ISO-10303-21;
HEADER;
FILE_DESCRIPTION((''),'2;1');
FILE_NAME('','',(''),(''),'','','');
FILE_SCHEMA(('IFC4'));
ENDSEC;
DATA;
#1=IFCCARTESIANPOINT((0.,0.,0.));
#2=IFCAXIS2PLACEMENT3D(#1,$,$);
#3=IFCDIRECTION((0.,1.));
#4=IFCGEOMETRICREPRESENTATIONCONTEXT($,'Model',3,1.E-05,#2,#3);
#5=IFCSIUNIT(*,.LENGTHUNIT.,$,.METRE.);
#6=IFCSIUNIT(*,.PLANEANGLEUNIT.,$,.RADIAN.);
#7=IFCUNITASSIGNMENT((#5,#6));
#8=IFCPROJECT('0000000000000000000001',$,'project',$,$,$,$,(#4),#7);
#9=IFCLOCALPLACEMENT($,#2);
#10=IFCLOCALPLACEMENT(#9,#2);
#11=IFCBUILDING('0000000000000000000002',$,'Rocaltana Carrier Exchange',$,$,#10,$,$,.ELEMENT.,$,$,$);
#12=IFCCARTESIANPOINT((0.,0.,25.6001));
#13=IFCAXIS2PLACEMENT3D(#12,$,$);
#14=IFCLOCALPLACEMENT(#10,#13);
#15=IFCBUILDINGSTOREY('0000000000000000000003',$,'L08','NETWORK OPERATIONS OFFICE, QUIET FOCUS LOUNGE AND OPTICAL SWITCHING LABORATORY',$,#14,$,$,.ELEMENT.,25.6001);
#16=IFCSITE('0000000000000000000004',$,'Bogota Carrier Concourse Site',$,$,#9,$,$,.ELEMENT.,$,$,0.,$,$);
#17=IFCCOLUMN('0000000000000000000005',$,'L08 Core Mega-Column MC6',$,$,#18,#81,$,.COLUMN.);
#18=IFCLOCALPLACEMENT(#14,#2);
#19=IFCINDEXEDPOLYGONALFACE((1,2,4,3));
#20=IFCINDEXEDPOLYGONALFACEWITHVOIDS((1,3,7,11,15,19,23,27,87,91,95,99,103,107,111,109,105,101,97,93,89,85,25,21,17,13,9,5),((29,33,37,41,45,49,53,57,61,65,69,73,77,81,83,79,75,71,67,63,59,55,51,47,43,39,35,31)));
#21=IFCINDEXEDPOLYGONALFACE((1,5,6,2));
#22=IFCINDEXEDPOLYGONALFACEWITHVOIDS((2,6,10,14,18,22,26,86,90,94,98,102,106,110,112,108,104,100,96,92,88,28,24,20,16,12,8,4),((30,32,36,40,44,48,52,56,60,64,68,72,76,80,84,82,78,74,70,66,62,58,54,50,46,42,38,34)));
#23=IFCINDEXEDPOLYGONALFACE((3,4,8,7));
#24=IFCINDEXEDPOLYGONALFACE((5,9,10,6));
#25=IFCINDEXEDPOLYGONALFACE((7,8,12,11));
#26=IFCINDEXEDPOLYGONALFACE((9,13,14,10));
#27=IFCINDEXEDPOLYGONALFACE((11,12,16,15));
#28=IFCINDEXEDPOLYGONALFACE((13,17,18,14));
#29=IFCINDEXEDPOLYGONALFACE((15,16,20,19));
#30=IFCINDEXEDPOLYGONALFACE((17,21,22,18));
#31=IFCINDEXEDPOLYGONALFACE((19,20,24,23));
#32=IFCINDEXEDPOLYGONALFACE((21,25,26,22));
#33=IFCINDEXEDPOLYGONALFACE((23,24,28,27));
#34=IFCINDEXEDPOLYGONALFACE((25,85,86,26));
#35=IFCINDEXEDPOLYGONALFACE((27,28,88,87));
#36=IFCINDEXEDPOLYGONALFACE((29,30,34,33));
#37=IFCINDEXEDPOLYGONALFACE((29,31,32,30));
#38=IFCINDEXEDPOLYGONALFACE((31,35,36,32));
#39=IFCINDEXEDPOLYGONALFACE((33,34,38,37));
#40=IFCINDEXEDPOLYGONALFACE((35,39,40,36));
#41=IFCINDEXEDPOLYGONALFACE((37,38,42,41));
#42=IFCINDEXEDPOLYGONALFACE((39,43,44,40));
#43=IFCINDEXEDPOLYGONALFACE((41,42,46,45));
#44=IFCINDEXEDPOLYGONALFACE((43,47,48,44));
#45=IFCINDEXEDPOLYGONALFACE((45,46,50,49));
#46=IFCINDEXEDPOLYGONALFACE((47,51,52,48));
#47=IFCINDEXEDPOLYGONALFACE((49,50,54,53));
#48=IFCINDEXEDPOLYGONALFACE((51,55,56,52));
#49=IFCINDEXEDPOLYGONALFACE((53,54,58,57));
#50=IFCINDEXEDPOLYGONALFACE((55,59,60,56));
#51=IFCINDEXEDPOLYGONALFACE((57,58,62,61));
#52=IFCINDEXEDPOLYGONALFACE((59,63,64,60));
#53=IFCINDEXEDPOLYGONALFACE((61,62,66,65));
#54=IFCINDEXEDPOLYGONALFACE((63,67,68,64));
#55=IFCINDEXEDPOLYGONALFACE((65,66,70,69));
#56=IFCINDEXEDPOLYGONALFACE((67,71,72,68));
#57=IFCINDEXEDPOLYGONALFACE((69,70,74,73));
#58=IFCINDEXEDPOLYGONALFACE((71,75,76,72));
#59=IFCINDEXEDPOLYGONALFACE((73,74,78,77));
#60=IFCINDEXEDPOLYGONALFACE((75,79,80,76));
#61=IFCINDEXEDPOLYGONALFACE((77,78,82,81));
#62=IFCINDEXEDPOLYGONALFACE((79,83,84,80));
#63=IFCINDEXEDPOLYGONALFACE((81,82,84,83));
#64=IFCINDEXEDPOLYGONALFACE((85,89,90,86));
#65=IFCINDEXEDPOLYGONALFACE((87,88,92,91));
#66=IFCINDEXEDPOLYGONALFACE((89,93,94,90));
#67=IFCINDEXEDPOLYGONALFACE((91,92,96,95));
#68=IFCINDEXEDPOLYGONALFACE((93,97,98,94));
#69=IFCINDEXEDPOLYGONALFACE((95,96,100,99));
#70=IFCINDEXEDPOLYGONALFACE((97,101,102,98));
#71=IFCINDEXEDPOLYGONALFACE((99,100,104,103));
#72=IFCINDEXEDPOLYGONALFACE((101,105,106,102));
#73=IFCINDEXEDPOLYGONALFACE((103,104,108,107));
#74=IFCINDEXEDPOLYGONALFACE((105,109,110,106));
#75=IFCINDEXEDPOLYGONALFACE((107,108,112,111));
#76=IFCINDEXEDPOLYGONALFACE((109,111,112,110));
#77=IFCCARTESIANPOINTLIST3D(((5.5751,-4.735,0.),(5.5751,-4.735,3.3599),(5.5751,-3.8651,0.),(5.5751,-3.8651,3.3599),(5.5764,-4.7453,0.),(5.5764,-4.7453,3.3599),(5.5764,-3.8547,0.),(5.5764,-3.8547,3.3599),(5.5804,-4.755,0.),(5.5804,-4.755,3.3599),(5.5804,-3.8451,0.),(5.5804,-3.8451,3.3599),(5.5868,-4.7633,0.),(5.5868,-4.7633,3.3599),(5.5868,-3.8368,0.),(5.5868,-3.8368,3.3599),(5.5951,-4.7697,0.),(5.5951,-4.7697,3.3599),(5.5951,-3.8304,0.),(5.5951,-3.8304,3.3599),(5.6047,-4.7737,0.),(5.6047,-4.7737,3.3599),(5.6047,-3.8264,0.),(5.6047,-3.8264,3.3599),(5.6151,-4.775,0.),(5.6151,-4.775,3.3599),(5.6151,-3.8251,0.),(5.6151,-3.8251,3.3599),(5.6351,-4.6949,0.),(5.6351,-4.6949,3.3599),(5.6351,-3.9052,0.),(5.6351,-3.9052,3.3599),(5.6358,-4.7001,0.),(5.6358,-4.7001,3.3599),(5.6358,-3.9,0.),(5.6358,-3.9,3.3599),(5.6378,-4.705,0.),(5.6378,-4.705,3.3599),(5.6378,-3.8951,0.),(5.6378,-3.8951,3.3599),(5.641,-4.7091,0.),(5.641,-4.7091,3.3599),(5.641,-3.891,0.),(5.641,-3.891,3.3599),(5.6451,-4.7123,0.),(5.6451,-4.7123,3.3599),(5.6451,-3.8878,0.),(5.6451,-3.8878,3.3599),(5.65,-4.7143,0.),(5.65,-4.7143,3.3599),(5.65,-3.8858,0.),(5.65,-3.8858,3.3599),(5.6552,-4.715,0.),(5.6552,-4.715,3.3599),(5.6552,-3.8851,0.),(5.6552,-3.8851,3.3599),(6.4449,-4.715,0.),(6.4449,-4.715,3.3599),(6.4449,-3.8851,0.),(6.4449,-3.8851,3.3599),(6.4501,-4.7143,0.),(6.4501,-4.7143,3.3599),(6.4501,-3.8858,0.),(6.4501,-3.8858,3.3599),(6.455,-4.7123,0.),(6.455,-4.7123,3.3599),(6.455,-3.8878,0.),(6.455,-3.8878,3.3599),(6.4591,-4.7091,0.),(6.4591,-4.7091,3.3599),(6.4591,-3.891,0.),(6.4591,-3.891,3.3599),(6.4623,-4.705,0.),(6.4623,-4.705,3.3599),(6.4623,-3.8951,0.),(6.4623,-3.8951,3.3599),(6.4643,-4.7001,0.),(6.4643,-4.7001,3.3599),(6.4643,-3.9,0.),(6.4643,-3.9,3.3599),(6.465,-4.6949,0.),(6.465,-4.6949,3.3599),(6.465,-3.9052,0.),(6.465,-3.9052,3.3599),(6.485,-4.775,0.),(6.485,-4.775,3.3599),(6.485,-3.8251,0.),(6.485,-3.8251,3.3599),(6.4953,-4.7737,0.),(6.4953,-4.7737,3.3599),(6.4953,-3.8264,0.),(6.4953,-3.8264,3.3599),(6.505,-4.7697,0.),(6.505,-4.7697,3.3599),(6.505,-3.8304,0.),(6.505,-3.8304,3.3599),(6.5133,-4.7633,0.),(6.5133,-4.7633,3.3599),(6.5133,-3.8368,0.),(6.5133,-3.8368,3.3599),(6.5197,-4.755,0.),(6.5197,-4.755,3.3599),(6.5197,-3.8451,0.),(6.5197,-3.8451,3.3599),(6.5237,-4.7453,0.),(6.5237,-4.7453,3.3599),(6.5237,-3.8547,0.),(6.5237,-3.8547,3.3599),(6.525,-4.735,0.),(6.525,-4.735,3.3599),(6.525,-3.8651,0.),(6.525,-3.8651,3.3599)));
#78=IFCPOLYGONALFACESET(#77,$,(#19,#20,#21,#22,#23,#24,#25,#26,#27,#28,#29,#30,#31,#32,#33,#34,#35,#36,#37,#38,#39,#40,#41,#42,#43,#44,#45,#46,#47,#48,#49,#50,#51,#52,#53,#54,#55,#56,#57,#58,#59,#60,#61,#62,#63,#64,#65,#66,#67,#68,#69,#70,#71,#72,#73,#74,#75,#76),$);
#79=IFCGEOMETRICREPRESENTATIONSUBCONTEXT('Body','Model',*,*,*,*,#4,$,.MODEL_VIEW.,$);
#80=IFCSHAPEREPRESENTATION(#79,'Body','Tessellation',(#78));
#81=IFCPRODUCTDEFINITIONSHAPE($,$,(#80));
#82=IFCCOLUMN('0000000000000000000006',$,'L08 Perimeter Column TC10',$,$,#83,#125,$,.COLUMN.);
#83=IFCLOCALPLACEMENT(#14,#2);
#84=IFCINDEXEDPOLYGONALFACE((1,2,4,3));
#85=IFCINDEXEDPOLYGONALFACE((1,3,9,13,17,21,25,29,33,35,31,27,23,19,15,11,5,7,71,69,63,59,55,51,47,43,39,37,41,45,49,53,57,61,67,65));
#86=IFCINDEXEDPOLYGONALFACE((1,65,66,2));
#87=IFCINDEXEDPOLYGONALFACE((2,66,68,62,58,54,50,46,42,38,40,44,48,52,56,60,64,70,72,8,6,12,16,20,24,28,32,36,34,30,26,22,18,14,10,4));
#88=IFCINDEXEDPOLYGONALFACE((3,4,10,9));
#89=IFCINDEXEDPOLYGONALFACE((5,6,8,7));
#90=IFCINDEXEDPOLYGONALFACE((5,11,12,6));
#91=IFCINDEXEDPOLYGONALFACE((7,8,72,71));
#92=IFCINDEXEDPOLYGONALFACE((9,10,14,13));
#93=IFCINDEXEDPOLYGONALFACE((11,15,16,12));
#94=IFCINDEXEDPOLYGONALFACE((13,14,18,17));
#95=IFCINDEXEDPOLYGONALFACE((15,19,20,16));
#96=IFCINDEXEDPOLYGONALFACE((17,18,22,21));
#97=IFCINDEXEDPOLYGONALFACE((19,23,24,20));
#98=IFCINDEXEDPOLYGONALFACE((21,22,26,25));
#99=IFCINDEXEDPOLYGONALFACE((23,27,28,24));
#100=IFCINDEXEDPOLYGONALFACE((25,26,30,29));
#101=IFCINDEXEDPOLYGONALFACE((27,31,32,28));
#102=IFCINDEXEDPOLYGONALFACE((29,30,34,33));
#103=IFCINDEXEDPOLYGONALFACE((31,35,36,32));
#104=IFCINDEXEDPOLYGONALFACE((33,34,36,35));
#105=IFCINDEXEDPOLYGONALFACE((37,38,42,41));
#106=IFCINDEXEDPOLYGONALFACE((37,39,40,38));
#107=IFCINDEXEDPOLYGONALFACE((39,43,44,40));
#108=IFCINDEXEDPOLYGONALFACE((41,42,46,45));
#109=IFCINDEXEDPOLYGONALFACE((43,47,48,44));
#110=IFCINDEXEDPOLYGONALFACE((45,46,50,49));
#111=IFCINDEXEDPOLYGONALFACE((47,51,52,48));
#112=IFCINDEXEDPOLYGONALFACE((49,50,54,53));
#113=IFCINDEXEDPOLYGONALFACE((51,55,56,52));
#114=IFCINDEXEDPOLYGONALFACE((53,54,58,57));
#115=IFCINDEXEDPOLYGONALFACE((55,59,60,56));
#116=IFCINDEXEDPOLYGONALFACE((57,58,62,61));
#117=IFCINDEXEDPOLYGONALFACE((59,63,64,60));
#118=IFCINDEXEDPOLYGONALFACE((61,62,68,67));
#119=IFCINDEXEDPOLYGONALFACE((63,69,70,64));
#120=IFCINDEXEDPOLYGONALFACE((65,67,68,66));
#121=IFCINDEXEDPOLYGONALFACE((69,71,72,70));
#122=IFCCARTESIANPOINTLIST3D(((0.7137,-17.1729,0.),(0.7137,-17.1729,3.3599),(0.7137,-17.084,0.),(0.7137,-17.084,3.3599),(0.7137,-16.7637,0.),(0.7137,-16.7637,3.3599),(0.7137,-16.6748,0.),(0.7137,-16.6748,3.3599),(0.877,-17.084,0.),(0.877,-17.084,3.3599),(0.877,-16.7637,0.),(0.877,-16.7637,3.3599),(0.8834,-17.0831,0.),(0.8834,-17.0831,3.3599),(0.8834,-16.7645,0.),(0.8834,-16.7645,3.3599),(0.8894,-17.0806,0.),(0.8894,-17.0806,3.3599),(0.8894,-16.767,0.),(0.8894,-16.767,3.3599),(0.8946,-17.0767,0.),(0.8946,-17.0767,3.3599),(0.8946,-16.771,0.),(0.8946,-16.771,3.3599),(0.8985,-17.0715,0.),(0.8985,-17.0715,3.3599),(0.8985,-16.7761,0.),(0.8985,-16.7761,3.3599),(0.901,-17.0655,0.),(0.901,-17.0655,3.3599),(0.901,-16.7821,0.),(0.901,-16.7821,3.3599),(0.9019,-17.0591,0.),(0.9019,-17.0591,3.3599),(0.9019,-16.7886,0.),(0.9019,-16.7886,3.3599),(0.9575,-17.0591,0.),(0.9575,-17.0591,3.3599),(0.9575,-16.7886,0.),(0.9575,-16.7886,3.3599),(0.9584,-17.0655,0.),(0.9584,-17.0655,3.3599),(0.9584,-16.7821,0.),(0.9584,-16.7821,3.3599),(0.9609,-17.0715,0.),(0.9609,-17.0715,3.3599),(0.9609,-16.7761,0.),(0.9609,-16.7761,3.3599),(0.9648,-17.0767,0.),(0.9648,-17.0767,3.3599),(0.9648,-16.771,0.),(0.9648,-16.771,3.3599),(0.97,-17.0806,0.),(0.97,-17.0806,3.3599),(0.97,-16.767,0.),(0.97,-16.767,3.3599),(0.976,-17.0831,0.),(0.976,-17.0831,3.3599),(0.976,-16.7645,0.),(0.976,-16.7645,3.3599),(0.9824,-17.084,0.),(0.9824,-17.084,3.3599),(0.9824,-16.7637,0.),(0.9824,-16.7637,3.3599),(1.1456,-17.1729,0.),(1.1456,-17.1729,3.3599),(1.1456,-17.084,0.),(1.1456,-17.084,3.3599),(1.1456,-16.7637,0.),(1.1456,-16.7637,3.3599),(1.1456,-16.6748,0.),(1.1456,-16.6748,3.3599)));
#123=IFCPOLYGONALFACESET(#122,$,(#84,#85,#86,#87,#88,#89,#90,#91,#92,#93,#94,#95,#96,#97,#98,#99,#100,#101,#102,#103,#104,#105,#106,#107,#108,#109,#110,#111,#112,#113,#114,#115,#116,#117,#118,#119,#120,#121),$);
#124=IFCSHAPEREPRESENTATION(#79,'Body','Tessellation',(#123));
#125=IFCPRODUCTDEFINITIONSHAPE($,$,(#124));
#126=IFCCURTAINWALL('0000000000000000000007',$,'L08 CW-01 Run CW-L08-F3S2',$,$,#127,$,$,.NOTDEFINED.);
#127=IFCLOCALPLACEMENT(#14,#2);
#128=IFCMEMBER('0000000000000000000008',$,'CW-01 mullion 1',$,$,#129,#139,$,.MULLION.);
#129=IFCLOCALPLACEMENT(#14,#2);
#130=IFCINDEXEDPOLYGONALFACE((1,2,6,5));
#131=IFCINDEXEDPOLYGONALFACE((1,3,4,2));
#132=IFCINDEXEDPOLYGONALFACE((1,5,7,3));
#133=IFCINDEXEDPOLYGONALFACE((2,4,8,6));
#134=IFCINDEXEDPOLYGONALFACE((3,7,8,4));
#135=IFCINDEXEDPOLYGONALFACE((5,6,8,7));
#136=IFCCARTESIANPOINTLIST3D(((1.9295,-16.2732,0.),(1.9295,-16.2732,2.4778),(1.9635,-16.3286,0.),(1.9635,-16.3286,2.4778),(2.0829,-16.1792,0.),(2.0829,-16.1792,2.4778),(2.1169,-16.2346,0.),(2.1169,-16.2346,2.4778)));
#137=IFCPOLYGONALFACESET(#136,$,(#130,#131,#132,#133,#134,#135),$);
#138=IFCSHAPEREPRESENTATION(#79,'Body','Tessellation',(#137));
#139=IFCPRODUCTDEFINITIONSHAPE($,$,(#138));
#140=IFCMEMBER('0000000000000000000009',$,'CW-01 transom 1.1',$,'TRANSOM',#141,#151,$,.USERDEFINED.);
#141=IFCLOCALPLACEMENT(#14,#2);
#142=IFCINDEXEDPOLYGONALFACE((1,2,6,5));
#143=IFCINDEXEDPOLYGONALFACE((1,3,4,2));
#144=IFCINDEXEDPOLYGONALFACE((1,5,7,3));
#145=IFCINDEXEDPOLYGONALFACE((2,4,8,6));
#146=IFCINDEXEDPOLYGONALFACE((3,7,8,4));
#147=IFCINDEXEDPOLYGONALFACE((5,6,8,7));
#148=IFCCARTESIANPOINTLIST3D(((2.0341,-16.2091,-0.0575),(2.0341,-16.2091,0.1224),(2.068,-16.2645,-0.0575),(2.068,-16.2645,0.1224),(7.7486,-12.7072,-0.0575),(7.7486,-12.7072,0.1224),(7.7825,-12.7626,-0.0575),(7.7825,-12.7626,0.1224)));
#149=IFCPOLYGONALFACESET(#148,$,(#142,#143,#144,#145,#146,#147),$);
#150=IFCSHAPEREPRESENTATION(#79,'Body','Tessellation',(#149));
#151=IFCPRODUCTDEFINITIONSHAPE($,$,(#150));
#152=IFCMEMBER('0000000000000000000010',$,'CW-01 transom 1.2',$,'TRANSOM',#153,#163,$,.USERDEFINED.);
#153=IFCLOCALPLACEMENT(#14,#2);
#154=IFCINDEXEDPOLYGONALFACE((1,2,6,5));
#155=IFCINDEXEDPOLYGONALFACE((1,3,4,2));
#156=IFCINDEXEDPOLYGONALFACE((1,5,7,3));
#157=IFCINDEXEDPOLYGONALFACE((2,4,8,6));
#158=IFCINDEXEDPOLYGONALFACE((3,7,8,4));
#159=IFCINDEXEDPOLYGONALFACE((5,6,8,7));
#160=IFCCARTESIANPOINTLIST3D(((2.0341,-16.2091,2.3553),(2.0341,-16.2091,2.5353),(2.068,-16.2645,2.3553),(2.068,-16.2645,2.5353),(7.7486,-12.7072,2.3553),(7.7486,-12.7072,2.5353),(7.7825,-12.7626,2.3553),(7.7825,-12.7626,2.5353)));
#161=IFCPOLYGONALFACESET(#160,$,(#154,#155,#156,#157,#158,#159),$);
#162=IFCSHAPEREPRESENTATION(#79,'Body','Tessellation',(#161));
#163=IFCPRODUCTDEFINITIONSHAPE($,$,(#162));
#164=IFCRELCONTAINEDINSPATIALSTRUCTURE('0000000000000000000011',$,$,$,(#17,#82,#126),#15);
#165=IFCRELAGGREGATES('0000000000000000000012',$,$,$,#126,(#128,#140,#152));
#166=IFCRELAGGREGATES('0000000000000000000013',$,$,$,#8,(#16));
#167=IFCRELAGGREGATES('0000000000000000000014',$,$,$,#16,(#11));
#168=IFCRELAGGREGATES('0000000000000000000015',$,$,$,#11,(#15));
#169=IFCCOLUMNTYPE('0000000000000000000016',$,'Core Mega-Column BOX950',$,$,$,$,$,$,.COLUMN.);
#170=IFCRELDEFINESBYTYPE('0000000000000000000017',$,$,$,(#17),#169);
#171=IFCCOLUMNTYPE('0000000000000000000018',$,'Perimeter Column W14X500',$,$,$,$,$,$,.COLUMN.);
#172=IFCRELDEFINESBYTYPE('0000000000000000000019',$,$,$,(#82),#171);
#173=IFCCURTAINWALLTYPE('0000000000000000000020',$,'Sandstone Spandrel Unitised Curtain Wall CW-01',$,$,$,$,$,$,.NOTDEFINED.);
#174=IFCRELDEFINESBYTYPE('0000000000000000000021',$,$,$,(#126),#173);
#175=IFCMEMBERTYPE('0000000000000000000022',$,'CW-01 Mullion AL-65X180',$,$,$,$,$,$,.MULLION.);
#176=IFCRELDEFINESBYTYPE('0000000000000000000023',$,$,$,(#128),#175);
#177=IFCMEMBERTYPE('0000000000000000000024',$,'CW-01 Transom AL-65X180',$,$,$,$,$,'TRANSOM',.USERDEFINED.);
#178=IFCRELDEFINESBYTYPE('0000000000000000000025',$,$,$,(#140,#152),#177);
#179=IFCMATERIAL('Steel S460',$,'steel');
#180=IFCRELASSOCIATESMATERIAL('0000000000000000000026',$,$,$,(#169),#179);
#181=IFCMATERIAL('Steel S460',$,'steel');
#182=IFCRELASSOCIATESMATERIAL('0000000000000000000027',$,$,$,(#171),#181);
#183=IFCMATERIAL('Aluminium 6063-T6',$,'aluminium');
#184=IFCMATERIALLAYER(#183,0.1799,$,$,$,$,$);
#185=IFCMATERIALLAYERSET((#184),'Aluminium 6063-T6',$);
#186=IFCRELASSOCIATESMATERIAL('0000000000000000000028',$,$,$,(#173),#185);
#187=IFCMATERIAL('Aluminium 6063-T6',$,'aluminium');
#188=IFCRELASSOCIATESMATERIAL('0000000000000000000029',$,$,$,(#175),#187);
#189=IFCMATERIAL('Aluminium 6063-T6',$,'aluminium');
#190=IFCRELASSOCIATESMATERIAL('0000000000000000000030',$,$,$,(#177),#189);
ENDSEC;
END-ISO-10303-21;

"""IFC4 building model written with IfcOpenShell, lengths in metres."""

from ifc_helpers import new_model, si_unit, direction, frame, origin, origin_2d, place, context, subcontext, project, spatial, rectangle, hollow_rectangle, i_section, extrude, material, layer, layer_set, material_profile, profile_set, type_object, element, aggregate, save


model = new_model("IFC4")

# Units and contexts
model_context = context("Model", 3, precision=1e-05, world=origin(), true_north=direction((0.0, 1.0)))
body_context = subcontext(model_context, "Body", "Model", "MODEL_VIEW")
ifc_project = project(units=[si_unit("LENGTHUNIT", "METRE"), si_unit("PLANEANGLEUNIT", "RADIAN")], contexts=[model_context])

# Site, building, storey
site_placement = place(None, origin())
site = spatial("IfcSite", under=ifc_project, at=site_placement, Name="Bogota Carrier Concourse Site", CompositionType="ELEMENT", RefElevation=0.0)
building_placement = place(site_placement, origin())
building = spatial("IfcBuilding", under=site, at=building_placement, Name="Rocaltana Carrier Exchange", CompositionType="ELEMENT")
storey_placement = place(building_placement, frame((0.0, 0.0, 25.6001)))
storey = spatial("IfcBuildingStorey", under=building, at=storey_placement, Name="L08", Description="NETWORK OPERATIONS OFFICE, QUIET FOCUS LOUNGE AND OPTICAL SWITCHING LABORATORY", CompositionType="ELEMENT", Elevation=25.6001)

# Columns
ifc_material_1 = material(Name="Steel S460", Category="steel")
ifc_material_profile_1 = material_profile(ifc_material_1, hollow_rectangle(XDim=0.95, YDim=0.95, WallThickness=0.0601, InnerFilletRadius=0.02, OuterFilletRadius=0.04, at=origin_2d()), Name="BOX950X950X60")
ifc_profile_set_1 = profile_set([ifc_material_profile_1], Name="Steel S460")
column_type_1 = type_object("IfcColumnType", Name="Core Mega-Column BOX950", PredefinedType="COLUMN", material=ifc_profile_set_1)
column_1_placement = place(storey_placement, frame((6.05, -4.3, 0.0), z_axis=(0.0, 0.0, 1.0), x_axis=(1.0, 0.0, 0.0)))
element("IfcColumn", 1, at=column_1_placement, inside=storey, type_object=column_type_1, Name="L08 Core Mega-Column MC6", PredefinedType="COLUMN", context=body_context, shape_type="SweptSolid", body=[
    extrude(hollow_rectangle(XDim=0.95, YDim=0.95, WallThickness=0.0601, InnerFilletRadius=0.02, OuterFilletRadius=0.04, at=origin_2d()), origin(), (0.0, 0.0, 1.0), 3.3599),
])
ifc_material_2 = material(Name="Steel S460", Category="steel")
ifc_material_profile_2 = material_profile(ifc_material_2, i_section(OverallWidth=0.4319, OverallDepth=0.498, WebThickness=0.0557, FlangeThickness=0.0889, FilletRadius=0.0249, at=origin_2d()), Name="W14X500")
ifc_profile_set_2 = profile_set([ifc_material_profile_2], Name="Steel S460")
column_type_2 = type_object("IfcColumnType", Name="Perimeter Column W14X500", PredefinedType="COLUMN", material=ifc_profile_set_2)
column_2_placement = place(storey_placement, frame((0.9297, -16.9238, 0.0), z_axis=(0.0, 0.0, 1.0), x_axis=(1.0, 0.0, 0.0)))
element("IfcColumn", 2, at=column_2_placement, inside=storey, type_object=column_type_2, Name="L08 Perimeter Column TC10", PredefinedType="COLUMN", context=body_context, shape_type="SweptSolid", body=[
    extrude(i_section(OverallWidth=0.4319, OverallDepth=0.498, WebThickness=0.0557, FlangeThickness=0.0889, FilletRadius=0.0249, at=origin_2d()), origin(), (0.0, 0.0, 1.0), 3.3599),
])

# Curtain wall, members
ifc_material_3 = material(Name="Aluminium 6063-T6", Category="aluminium")
ifc_layer_1 = layer(ifc_material_3, 0.1799)
ifc_layer_set_1 = layer_set([ifc_layer_1], Name="Aluminium 6063-T6")
curtain_wall_type = type_object("IfcCurtainWallType", Name="Sandstone Spandrel Unitised Curtain Wall CW-01", PredefinedType="NOTDEFINED", material=ifc_layer_set_1)
curtain_wall_placement = place(storey_placement, origin())
curtain_wall = element("IfcCurtainWall", 3, at=curtain_wall_placement, inside=storey, type_object=curtain_wall_type, Name="L08 CW-01 Run CW-L08-F3S2", PredefinedType="NOTDEFINED")
ifc_material_4 = material(Name="Aluminium 6063-T6", Category="aluminium")
ifc_material_profile_3 = material_profile(ifc_material_4, rectangle(XDim=0.0649, YDim=0.1799, at=origin_2d()), Name="AL-65X180")
ifc_profile_set_3 = profile_set([ifc_material_profile_3], Name="Aluminium 6063-T6")
member_type_1 = type_object("IfcMemberType", Name="CW-01 Mullion AL-65X180", PredefinedType="MULLION", material=ifc_profile_set_3)
member_1_placement = place(storey_placement, frame((2.0232, -16.2539, 0.0), z_axis=(0.0, 0.0, 1.0), x_axis=(-0.5225, 0.852639, 0.0)))
member_1 = element("IfcMember", 4, at=member_1_placement, type_object=member_type_1, Name="CW-01 mullion 1", PredefinedType="MULLION", context=body_context, shape_type="SweptSolid", body=[
    extrude(rectangle(XDim=0.0649, YDim=0.1799, at=origin_2d()), origin(), (0.0, 0.0, 1.0), 2.4778),
])
ifc_material_5 = material(Name="Aluminium 6063-T6", Category="aluminium")
ifc_material_profile_4 = material_profile(ifc_material_5, rectangle(XDim=0.0649, YDim=0.1799, at=origin_2d()), Name="AL-65X180")
ifc_profile_set_4 = profile_set([ifc_material_profile_4], Name="Aluminium 6063-T6")
member_type_2 = type_object("IfcMemberType", Name="CW-01 Transom AL-65X180", ElementType="TRANSOM", PredefinedType="USERDEFINED", material=ifc_profile_set_4)
member_2_placement = place(storey_placement, frame((2.051, -16.2368, 0.0325), z_axis=(0.852637, 0.522503, 0.0), x_axis=(-0.522503, 0.852637, 0.0)))
member_2 = element("IfcMember", 5, at=member_2_placement, type_object=member_type_2, Name="CW-01 transom 1.1", ObjectType="TRANSOM", PredefinedType="USERDEFINED", context=body_context, shape_type="SweptSolid", body=[
    extrude(rectangle(XDim=0.0649, YDim=0.1799, at=origin_2d()), origin(), (0.0, 0.0, 1.0), 6.7021),
])
member_3_placement = place(storey_placement, frame((2.051, -16.2368, 2.4453), z_axis=(0.852637, 0.522503, 0.0), x_axis=(-0.522503, 0.852637, 0.0)))
member_3 = element("IfcMember", 6, at=member_3_placement, type_object=member_type_2, Name="CW-01 transom 1.2", ObjectType="TRANSOM", PredefinedType="USERDEFINED", context=body_context, shape_type="SweptSolid", body=[
    extrude(rectangle(XDim=0.0649, YDim=0.1799, at=origin_2d()), origin(), (0.0, 0.0, 1.0), 6.7021),
])

aggregate(curtain_wall, [member_1, member_2, member_3])

save(model, "model.ifc")
